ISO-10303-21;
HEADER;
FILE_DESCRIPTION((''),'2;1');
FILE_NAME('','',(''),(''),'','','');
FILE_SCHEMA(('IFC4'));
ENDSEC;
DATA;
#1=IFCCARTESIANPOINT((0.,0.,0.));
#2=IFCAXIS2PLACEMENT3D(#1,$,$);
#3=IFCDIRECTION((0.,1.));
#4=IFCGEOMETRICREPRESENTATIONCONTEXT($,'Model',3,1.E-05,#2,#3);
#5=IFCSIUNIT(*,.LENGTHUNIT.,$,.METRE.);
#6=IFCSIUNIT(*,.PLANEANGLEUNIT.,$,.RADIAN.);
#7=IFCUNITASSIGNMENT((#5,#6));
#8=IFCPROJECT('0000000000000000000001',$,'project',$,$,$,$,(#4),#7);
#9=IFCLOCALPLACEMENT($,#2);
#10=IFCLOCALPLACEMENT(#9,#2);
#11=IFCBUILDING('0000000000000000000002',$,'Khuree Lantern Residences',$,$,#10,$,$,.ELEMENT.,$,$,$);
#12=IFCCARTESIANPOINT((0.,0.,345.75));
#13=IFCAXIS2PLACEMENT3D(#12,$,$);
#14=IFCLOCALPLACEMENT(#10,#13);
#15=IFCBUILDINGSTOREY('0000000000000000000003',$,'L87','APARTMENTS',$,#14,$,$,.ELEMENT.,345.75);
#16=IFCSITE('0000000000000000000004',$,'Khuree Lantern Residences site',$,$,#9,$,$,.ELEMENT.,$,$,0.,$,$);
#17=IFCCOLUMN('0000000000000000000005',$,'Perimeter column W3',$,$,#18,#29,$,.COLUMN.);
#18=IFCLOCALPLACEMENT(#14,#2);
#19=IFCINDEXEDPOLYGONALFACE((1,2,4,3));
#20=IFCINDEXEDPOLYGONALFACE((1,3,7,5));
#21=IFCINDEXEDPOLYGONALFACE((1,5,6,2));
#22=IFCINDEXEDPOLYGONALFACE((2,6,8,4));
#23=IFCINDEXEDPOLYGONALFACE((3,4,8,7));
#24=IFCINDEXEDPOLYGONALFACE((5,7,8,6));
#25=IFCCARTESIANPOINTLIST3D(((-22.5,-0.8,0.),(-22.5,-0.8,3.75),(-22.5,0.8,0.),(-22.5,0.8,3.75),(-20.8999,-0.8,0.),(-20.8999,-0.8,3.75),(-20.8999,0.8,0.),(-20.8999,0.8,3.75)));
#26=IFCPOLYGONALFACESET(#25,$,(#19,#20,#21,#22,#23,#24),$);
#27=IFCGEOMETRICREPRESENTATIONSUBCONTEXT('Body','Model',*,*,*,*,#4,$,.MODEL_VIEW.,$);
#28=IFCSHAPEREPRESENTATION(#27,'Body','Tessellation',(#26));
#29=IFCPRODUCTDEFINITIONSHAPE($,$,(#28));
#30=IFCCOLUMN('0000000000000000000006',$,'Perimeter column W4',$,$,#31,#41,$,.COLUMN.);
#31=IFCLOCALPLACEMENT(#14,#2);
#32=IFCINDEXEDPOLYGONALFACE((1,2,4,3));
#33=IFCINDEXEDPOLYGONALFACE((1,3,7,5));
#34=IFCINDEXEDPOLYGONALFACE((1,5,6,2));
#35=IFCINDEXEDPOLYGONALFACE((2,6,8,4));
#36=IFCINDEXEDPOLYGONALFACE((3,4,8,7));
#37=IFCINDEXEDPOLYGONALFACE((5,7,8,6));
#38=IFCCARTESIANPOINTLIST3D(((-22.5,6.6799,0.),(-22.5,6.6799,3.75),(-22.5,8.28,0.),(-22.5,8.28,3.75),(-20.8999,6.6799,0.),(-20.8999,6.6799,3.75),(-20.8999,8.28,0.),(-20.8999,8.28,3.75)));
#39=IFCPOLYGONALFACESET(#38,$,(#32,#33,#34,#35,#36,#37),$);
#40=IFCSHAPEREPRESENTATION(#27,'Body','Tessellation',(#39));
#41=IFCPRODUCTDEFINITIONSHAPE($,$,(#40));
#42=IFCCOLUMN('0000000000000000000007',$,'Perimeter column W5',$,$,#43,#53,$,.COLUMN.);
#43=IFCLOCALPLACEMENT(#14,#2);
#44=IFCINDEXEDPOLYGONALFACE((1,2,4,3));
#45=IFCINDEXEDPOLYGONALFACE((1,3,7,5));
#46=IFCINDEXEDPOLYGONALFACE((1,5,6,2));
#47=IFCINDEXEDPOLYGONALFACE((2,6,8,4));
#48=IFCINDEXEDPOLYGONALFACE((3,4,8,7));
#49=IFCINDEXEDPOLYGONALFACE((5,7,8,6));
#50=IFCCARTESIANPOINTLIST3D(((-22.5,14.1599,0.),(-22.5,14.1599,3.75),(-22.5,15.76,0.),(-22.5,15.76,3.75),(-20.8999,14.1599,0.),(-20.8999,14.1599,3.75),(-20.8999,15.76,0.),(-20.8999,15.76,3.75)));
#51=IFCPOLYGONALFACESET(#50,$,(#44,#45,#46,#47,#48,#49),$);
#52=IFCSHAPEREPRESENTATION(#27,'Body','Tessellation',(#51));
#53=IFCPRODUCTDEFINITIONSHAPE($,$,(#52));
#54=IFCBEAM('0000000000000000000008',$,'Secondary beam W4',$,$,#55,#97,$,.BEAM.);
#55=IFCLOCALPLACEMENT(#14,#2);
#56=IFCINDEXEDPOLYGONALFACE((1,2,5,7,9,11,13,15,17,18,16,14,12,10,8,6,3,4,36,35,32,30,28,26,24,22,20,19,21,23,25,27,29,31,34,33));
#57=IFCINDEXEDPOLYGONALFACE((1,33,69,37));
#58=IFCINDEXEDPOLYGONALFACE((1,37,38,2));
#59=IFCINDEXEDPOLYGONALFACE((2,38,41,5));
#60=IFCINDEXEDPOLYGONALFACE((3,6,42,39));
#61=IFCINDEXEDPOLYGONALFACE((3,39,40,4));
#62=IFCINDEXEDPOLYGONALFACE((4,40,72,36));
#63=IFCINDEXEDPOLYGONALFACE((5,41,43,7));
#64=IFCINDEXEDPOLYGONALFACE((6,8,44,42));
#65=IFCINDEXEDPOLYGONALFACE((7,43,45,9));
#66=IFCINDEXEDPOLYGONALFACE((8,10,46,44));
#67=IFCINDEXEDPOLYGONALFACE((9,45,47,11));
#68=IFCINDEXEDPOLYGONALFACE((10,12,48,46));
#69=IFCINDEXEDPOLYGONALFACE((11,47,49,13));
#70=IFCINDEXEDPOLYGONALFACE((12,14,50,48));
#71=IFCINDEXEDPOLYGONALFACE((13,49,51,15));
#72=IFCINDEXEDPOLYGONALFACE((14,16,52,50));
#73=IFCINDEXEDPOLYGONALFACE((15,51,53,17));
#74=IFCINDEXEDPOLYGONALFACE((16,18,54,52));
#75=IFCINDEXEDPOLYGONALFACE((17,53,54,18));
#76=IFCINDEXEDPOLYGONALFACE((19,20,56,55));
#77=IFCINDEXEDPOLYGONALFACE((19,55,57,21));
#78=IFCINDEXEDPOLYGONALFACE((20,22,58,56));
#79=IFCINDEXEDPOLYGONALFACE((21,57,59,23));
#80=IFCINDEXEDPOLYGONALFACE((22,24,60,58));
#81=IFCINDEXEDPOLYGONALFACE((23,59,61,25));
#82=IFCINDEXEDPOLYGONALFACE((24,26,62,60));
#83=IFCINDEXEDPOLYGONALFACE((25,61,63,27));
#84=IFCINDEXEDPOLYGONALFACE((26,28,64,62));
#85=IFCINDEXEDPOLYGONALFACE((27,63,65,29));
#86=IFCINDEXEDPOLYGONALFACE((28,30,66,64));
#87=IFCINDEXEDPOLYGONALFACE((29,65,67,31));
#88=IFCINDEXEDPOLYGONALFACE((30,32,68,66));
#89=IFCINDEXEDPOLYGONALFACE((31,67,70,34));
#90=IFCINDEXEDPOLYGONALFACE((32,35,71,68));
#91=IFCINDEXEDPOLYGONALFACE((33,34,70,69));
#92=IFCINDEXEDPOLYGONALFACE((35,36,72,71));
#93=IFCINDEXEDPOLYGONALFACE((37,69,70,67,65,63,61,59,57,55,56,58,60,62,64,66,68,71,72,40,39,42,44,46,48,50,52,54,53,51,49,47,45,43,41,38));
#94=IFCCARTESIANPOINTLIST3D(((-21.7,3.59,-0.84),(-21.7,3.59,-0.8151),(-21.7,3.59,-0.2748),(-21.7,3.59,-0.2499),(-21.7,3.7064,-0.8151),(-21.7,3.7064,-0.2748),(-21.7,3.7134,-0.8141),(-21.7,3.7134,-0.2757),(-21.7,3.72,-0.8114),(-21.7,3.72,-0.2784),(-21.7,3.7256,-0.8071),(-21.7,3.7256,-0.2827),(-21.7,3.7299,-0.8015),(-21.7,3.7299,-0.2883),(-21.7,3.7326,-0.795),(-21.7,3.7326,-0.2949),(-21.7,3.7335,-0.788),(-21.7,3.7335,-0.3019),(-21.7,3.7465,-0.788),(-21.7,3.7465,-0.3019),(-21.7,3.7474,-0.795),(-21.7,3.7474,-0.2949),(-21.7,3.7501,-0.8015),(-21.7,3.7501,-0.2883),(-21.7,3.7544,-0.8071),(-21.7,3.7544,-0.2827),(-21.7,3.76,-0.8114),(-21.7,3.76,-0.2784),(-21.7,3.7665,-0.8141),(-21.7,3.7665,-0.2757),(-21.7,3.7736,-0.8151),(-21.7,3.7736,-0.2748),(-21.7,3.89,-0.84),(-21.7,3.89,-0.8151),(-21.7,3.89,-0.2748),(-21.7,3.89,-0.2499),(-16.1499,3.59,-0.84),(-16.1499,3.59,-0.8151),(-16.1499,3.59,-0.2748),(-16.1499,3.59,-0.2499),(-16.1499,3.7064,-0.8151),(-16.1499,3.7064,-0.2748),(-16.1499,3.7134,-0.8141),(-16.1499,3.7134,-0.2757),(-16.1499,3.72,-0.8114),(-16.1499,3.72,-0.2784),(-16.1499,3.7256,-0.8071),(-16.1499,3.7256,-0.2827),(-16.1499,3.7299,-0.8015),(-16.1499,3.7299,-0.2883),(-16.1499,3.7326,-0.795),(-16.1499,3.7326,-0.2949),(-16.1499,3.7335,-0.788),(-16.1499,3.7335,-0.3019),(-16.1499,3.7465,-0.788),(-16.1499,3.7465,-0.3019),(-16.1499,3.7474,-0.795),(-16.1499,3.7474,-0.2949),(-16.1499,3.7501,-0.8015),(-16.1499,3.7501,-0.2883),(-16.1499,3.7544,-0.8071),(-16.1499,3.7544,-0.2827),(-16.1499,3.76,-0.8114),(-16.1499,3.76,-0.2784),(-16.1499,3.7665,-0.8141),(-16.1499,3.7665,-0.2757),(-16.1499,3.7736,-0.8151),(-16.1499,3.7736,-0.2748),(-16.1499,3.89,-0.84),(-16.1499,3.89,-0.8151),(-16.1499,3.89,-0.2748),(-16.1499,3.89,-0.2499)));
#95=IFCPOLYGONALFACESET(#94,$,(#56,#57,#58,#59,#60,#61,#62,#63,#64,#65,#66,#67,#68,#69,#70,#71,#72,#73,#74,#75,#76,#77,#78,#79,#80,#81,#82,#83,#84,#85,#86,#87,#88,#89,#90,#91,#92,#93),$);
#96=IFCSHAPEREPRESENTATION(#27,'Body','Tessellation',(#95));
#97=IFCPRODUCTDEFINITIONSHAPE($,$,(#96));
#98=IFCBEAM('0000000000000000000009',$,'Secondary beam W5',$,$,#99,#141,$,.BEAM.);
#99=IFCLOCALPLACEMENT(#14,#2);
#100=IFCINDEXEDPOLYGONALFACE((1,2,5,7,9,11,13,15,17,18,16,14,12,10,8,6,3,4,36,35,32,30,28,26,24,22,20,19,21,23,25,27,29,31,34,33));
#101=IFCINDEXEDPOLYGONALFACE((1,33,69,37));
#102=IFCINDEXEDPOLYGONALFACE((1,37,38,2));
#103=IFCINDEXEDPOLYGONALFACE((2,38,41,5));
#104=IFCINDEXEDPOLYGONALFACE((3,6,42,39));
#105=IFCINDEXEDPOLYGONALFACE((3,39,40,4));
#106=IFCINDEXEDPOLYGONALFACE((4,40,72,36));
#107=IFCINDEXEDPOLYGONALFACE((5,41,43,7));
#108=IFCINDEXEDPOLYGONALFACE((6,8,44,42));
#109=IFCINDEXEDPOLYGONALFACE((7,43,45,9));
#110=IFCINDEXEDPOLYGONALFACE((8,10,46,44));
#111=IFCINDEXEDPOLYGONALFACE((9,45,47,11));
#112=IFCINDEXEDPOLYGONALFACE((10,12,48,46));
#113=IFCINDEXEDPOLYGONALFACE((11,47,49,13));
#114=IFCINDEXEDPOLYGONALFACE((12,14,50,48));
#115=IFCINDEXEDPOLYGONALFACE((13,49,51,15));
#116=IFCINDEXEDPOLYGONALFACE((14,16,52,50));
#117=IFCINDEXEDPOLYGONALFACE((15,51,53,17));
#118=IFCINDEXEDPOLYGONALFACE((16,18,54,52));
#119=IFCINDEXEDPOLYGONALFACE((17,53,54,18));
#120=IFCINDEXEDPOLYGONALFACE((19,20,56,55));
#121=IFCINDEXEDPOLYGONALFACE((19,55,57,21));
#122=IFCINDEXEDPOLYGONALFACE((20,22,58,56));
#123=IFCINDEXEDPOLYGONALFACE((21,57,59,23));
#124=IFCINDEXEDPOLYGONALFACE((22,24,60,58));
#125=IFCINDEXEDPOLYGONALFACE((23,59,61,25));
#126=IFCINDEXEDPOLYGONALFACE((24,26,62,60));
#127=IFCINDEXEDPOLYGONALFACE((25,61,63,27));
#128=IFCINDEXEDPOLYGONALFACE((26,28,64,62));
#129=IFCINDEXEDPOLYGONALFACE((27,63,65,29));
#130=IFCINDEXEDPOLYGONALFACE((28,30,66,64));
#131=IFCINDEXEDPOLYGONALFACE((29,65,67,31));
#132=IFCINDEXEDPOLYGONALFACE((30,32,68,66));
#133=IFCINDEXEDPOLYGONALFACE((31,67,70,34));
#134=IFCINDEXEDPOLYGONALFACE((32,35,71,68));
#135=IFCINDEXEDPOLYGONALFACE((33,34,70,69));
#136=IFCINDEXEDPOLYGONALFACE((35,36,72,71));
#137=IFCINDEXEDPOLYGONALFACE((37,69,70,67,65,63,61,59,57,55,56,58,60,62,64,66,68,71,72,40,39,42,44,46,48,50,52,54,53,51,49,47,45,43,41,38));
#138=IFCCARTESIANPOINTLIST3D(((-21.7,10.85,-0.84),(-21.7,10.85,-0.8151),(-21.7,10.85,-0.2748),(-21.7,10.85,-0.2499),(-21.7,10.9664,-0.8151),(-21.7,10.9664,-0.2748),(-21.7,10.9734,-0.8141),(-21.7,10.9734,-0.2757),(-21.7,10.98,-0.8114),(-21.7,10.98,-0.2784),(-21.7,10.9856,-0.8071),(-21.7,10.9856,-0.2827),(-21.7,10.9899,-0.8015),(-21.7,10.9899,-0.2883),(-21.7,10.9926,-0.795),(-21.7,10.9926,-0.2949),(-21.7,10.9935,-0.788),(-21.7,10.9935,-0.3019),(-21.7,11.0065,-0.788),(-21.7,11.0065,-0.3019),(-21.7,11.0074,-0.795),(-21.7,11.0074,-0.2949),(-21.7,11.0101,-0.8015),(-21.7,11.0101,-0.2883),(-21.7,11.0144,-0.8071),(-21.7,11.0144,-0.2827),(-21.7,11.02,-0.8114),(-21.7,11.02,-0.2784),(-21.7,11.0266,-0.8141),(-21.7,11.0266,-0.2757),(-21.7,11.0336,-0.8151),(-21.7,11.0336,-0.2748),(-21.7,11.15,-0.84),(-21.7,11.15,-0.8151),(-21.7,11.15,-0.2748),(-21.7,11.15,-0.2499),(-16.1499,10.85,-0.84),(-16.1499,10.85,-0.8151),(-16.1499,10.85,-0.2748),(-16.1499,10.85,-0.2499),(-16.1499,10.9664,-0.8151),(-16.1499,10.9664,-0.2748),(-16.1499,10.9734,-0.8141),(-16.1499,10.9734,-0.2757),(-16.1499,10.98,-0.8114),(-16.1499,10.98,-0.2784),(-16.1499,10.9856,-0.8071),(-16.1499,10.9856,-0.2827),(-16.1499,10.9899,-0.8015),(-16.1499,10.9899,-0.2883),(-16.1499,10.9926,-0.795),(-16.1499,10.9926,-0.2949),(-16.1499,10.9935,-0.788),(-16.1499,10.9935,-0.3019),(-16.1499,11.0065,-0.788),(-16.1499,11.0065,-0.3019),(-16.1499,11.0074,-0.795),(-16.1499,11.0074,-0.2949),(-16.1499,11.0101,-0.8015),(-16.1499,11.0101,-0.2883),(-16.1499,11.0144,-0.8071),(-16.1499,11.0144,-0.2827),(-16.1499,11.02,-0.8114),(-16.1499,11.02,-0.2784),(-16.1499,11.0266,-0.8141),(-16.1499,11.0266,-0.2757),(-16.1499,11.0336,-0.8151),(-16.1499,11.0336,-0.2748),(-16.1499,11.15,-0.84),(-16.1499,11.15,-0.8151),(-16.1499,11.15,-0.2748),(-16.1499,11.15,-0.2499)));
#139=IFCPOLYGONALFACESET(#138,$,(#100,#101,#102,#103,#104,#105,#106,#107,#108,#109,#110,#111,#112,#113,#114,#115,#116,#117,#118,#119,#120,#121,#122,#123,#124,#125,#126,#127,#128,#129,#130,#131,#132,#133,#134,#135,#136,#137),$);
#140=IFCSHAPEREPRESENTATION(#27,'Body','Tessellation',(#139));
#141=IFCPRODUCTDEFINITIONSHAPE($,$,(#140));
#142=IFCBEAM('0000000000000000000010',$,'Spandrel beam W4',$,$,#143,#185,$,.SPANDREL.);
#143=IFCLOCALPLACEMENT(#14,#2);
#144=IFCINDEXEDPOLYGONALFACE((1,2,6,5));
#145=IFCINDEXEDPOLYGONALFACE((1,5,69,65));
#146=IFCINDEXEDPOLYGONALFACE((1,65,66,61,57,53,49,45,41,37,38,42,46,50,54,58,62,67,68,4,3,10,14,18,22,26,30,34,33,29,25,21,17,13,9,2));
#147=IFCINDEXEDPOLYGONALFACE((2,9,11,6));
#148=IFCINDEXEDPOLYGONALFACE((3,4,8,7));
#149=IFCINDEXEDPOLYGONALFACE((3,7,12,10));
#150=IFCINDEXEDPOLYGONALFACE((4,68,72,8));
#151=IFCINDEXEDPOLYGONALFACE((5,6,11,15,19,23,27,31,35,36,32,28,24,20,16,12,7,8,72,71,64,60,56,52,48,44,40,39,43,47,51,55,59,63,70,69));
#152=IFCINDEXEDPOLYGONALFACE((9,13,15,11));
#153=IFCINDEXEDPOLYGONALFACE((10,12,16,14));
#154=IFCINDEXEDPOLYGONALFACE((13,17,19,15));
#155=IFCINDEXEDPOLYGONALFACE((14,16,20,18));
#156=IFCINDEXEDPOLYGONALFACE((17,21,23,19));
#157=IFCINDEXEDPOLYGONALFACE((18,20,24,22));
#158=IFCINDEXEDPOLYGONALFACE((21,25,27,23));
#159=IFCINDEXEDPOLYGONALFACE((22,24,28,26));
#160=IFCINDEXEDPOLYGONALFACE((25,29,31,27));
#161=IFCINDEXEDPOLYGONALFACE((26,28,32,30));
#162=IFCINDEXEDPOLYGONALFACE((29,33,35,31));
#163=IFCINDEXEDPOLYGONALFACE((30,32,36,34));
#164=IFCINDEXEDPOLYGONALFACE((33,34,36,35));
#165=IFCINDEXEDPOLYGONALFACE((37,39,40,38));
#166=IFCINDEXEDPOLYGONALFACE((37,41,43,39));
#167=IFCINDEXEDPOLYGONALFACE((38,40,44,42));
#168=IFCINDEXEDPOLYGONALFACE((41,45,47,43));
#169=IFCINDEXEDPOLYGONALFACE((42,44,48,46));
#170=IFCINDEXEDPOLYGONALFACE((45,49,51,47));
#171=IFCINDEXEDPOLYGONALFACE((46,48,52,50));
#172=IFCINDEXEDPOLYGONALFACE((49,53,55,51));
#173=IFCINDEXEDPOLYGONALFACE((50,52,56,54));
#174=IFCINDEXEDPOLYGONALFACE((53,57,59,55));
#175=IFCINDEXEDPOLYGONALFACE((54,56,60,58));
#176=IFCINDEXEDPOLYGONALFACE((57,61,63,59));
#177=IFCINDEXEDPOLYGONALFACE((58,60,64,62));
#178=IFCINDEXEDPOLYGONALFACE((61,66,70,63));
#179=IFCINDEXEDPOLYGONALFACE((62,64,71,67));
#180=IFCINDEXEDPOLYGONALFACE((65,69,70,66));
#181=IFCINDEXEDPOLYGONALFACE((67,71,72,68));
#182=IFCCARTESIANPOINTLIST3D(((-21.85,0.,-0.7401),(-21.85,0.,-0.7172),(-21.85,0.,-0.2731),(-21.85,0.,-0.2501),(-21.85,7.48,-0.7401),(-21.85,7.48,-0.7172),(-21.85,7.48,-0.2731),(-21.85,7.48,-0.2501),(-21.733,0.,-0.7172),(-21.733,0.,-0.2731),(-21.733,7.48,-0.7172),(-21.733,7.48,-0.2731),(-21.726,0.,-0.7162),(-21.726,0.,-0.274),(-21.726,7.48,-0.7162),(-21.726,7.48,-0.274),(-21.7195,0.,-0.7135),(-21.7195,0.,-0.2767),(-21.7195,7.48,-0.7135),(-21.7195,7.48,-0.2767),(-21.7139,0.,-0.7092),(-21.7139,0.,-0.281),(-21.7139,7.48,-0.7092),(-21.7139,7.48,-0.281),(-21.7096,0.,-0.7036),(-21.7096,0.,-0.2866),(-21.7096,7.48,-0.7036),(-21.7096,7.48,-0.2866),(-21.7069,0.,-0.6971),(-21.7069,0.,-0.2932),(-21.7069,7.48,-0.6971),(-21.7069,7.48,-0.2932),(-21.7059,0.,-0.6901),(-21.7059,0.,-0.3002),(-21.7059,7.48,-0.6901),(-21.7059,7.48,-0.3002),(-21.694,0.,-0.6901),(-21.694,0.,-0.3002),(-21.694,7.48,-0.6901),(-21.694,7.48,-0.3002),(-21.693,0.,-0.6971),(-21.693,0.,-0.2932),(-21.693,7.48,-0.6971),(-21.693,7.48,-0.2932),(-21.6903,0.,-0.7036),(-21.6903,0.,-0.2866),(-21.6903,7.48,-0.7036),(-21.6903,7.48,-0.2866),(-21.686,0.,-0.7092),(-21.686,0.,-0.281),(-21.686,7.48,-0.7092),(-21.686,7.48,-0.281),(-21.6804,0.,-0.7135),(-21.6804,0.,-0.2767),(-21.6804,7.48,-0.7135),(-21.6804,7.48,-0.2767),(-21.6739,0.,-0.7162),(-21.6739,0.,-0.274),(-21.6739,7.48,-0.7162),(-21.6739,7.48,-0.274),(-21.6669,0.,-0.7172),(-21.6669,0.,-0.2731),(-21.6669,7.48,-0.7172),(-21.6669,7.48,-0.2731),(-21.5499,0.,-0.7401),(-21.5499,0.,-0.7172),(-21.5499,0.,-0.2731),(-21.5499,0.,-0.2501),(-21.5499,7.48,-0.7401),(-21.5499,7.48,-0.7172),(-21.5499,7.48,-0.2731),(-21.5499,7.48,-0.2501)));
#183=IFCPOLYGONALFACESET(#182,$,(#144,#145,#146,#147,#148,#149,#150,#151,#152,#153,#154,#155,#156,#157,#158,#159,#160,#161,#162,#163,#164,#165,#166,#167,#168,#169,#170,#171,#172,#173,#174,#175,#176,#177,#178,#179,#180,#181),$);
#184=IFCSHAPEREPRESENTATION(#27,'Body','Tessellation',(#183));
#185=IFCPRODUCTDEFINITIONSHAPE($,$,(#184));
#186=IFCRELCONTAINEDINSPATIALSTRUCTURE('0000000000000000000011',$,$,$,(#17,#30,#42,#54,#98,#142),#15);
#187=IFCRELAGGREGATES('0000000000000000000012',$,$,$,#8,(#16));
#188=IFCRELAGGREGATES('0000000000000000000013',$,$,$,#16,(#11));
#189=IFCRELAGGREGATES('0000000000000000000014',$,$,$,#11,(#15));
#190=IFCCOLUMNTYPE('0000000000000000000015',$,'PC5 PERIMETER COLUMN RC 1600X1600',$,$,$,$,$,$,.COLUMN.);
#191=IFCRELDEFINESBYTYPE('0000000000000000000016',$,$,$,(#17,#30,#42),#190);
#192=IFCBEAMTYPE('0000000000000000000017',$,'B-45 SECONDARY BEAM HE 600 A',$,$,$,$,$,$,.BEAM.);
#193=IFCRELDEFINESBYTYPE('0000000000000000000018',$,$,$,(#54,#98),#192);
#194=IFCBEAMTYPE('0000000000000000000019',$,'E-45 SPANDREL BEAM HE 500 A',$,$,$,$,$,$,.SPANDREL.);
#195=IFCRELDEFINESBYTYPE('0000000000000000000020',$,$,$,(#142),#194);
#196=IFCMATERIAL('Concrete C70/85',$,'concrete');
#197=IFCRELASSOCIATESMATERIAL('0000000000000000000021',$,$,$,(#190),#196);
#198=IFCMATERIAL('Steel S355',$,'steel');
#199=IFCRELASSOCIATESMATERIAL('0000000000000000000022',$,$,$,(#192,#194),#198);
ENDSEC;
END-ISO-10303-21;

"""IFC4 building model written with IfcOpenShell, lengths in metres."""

from ifc_helpers import new_model, si_unit, direction, frame, origin, origin_2d, place, context, subcontext, project, spatial, rectangle, i_section, extrude, material, material_profile, profile_set, type_object, element, save


model = new_model("IFC4")

# Units and contexts
model_context = context("Model", 3, precision=1e-05, world=origin(), true_north=direction((0.0, 1.0)))
body_context = subcontext(model_context, "Body", "Model", "MODEL_VIEW")
ifc_project = project(units=[si_unit("LENGTHUNIT", "METRE"), si_unit("PLANEANGLEUNIT", "RADIAN")], contexts=[model_context])

# Site, building, storey
site_placement = place(None, origin())
site = spatial("IfcSite", under=ifc_project, at=site_placement, Name="Khuree Lantern Residences site", CompositionType="ELEMENT", RefElevation=0.0)
building_placement = place(site_placement, origin())
building = spatial("IfcBuilding", under=site, at=building_placement, Name="Khuree Lantern Residences", CompositionType="ELEMENT")
storey_placement = place(building_placement, frame((0.0, 0.0, 345.75)))
storey = spatial("IfcBuildingStorey", under=building, at=storey_placement, Name="L87", Description="APARTMENTS", CompositionType="ELEMENT", Elevation=345.75)

# Columns
ifc_material_1 = material(Name="Concrete C70/85", Category="concrete")
ifc_material_profile_1 = material_profile(ifc_material_1, rectangle(XDim=1.6001, YDim=1.6001, at=origin_2d()), Name="RC 1600X1600")
ifc_profile_set_1 = profile_set([ifc_material_profile_1], Name="Concrete C70/85")
column_type = type_object("IfcColumnType", Name="PC5 PERIMETER COLUMN RC 1600X1600", PredefinedType="COLUMN", material=ifc_profile_set_1)
for number, where, z_axis, x_axis, name in (
    (1, (-21.7, 0.0, 0.0), (0.0, 0.0, 1.0), (0.0, 1.0, 0.0), "Perimeter column W3"),
    (2, (-21.7, 7.48, 0.0), (0.0, 0.0, 1.0), (0.0, 1.0, 0.0), "Perimeter column W4"),
    (3, (-21.7, 14.96, 0.0), (0.0, 0.0, 1.0), (0.0, 1.0, 0.0), "Perimeter column W5"),
):
    element("IfcColumn", number, at=place(storey_placement, frame(where, z_axis=z_axis, x_axis=x_axis)), inside=storey, type_object=column_type, Name=name, PredefinedType="COLUMN", context=body_context, shape_type="SweptSolid", body=[
        extrude(rectangle(XDim=1.6001, YDim=1.6001, at=origin_2d()), origin(), (0.0, 0.0, 1.0), 3.75),
    ])

# Beams
ifc_material_2 = material(Name="Steel S355", Category="steel")
ifc_material_profile_2 = material_profile(ifc_material_2, i_section(OverallWidth=0.3, OverallDepth=0.5901, WebThickness=0.0129, FlangeThickness=0.0249, FilletRadius=0.0271, at=origin_2d()), Name="HE 600 A")
ifc_profile_set_2 = profile_set([ifc_material_profile_2], Name="Steel S355")
beam_type_1 = type_object("IfcBeamType", Name="B-45 SECONDARY BEAM HE 600 A", PredefinedType="BEAM", material=ifc_profile_set_2)
for number, where, z_axis, x_axis, name in (
    (4, (-21.7, 3.74, -0.5449), (1.0, 0.0, 0.0), (0.0, 1.0, 0.0), "Secondary beam W4"),
    (5, (-21.7, 11.0, -0.5449), (1.0, 0.0, 0.0), (0.0, 1.0, 0.0), "Secondary beam W5"),
):
    element("IfcBeam", number, at=place(storey_placement, frame(where, z_axis=z_axis, x_axis=x_axis)), inside=storey, type_object=beam_type_1, Name=name, PredefinedType="BEAM", context=body_context, shape_type="SweptSolid", body=[
        extrude(i_section(OverallWidth=0.3, OverallDepth=0.5901, WebThickness=0.0129, FlangeThickness=0.0249, FilletRadius=0.0271, at=origin_2d()), origin(), (0.0, 0.0, 1.0), 5.55),
    ])
ifc_material_profile_3 = material_profile(ifc_material_2, i_section(OverallWidth=0.3, OverallDepth=0.49, WebThickness=0.012, FlangeThickness=0.0229, FilletRadius=0.0271, at=origin_2d()), Name="HE 500 A")
ifc_profile_set_3 = profile_set([ifc_material_profile_3], Name="Steel S355")
beam_type_2 = type_object("IfcBeamType", Name="E-45 SPANDREL BEAM HE 500 A", PredefinedType="SPANDREL", material=ifc_profile_set_3)
for number, where, z_axis, x_axis, name in (
    (6, (-21.7, 0.0, -0.4951), (0.0, 1.0, 0.0), (-1.0, 0.0, 0.0), "Spandrel beam W4"),
):
    element("IfcBeam", number, at=place(storey_placement, frame(where, z_axis=z_axis, x_axis=x_axis)), inside=storey, type_object=beam_type_2, Name=name, PredefinedType="SPANDREL", context=body_context, shape_type="SweptSolid", body=[
        extrude(i_section(OverallWidth=0.3, OverallDepth=0.49, WebThickness=0.012, FlangeThickness=0.0229, FilletRadius=0.0271, at=origin_2d()), origin(), (0.0, 0.0, 1.0), 7.48),
    ])

save(model, "model.ifc")
